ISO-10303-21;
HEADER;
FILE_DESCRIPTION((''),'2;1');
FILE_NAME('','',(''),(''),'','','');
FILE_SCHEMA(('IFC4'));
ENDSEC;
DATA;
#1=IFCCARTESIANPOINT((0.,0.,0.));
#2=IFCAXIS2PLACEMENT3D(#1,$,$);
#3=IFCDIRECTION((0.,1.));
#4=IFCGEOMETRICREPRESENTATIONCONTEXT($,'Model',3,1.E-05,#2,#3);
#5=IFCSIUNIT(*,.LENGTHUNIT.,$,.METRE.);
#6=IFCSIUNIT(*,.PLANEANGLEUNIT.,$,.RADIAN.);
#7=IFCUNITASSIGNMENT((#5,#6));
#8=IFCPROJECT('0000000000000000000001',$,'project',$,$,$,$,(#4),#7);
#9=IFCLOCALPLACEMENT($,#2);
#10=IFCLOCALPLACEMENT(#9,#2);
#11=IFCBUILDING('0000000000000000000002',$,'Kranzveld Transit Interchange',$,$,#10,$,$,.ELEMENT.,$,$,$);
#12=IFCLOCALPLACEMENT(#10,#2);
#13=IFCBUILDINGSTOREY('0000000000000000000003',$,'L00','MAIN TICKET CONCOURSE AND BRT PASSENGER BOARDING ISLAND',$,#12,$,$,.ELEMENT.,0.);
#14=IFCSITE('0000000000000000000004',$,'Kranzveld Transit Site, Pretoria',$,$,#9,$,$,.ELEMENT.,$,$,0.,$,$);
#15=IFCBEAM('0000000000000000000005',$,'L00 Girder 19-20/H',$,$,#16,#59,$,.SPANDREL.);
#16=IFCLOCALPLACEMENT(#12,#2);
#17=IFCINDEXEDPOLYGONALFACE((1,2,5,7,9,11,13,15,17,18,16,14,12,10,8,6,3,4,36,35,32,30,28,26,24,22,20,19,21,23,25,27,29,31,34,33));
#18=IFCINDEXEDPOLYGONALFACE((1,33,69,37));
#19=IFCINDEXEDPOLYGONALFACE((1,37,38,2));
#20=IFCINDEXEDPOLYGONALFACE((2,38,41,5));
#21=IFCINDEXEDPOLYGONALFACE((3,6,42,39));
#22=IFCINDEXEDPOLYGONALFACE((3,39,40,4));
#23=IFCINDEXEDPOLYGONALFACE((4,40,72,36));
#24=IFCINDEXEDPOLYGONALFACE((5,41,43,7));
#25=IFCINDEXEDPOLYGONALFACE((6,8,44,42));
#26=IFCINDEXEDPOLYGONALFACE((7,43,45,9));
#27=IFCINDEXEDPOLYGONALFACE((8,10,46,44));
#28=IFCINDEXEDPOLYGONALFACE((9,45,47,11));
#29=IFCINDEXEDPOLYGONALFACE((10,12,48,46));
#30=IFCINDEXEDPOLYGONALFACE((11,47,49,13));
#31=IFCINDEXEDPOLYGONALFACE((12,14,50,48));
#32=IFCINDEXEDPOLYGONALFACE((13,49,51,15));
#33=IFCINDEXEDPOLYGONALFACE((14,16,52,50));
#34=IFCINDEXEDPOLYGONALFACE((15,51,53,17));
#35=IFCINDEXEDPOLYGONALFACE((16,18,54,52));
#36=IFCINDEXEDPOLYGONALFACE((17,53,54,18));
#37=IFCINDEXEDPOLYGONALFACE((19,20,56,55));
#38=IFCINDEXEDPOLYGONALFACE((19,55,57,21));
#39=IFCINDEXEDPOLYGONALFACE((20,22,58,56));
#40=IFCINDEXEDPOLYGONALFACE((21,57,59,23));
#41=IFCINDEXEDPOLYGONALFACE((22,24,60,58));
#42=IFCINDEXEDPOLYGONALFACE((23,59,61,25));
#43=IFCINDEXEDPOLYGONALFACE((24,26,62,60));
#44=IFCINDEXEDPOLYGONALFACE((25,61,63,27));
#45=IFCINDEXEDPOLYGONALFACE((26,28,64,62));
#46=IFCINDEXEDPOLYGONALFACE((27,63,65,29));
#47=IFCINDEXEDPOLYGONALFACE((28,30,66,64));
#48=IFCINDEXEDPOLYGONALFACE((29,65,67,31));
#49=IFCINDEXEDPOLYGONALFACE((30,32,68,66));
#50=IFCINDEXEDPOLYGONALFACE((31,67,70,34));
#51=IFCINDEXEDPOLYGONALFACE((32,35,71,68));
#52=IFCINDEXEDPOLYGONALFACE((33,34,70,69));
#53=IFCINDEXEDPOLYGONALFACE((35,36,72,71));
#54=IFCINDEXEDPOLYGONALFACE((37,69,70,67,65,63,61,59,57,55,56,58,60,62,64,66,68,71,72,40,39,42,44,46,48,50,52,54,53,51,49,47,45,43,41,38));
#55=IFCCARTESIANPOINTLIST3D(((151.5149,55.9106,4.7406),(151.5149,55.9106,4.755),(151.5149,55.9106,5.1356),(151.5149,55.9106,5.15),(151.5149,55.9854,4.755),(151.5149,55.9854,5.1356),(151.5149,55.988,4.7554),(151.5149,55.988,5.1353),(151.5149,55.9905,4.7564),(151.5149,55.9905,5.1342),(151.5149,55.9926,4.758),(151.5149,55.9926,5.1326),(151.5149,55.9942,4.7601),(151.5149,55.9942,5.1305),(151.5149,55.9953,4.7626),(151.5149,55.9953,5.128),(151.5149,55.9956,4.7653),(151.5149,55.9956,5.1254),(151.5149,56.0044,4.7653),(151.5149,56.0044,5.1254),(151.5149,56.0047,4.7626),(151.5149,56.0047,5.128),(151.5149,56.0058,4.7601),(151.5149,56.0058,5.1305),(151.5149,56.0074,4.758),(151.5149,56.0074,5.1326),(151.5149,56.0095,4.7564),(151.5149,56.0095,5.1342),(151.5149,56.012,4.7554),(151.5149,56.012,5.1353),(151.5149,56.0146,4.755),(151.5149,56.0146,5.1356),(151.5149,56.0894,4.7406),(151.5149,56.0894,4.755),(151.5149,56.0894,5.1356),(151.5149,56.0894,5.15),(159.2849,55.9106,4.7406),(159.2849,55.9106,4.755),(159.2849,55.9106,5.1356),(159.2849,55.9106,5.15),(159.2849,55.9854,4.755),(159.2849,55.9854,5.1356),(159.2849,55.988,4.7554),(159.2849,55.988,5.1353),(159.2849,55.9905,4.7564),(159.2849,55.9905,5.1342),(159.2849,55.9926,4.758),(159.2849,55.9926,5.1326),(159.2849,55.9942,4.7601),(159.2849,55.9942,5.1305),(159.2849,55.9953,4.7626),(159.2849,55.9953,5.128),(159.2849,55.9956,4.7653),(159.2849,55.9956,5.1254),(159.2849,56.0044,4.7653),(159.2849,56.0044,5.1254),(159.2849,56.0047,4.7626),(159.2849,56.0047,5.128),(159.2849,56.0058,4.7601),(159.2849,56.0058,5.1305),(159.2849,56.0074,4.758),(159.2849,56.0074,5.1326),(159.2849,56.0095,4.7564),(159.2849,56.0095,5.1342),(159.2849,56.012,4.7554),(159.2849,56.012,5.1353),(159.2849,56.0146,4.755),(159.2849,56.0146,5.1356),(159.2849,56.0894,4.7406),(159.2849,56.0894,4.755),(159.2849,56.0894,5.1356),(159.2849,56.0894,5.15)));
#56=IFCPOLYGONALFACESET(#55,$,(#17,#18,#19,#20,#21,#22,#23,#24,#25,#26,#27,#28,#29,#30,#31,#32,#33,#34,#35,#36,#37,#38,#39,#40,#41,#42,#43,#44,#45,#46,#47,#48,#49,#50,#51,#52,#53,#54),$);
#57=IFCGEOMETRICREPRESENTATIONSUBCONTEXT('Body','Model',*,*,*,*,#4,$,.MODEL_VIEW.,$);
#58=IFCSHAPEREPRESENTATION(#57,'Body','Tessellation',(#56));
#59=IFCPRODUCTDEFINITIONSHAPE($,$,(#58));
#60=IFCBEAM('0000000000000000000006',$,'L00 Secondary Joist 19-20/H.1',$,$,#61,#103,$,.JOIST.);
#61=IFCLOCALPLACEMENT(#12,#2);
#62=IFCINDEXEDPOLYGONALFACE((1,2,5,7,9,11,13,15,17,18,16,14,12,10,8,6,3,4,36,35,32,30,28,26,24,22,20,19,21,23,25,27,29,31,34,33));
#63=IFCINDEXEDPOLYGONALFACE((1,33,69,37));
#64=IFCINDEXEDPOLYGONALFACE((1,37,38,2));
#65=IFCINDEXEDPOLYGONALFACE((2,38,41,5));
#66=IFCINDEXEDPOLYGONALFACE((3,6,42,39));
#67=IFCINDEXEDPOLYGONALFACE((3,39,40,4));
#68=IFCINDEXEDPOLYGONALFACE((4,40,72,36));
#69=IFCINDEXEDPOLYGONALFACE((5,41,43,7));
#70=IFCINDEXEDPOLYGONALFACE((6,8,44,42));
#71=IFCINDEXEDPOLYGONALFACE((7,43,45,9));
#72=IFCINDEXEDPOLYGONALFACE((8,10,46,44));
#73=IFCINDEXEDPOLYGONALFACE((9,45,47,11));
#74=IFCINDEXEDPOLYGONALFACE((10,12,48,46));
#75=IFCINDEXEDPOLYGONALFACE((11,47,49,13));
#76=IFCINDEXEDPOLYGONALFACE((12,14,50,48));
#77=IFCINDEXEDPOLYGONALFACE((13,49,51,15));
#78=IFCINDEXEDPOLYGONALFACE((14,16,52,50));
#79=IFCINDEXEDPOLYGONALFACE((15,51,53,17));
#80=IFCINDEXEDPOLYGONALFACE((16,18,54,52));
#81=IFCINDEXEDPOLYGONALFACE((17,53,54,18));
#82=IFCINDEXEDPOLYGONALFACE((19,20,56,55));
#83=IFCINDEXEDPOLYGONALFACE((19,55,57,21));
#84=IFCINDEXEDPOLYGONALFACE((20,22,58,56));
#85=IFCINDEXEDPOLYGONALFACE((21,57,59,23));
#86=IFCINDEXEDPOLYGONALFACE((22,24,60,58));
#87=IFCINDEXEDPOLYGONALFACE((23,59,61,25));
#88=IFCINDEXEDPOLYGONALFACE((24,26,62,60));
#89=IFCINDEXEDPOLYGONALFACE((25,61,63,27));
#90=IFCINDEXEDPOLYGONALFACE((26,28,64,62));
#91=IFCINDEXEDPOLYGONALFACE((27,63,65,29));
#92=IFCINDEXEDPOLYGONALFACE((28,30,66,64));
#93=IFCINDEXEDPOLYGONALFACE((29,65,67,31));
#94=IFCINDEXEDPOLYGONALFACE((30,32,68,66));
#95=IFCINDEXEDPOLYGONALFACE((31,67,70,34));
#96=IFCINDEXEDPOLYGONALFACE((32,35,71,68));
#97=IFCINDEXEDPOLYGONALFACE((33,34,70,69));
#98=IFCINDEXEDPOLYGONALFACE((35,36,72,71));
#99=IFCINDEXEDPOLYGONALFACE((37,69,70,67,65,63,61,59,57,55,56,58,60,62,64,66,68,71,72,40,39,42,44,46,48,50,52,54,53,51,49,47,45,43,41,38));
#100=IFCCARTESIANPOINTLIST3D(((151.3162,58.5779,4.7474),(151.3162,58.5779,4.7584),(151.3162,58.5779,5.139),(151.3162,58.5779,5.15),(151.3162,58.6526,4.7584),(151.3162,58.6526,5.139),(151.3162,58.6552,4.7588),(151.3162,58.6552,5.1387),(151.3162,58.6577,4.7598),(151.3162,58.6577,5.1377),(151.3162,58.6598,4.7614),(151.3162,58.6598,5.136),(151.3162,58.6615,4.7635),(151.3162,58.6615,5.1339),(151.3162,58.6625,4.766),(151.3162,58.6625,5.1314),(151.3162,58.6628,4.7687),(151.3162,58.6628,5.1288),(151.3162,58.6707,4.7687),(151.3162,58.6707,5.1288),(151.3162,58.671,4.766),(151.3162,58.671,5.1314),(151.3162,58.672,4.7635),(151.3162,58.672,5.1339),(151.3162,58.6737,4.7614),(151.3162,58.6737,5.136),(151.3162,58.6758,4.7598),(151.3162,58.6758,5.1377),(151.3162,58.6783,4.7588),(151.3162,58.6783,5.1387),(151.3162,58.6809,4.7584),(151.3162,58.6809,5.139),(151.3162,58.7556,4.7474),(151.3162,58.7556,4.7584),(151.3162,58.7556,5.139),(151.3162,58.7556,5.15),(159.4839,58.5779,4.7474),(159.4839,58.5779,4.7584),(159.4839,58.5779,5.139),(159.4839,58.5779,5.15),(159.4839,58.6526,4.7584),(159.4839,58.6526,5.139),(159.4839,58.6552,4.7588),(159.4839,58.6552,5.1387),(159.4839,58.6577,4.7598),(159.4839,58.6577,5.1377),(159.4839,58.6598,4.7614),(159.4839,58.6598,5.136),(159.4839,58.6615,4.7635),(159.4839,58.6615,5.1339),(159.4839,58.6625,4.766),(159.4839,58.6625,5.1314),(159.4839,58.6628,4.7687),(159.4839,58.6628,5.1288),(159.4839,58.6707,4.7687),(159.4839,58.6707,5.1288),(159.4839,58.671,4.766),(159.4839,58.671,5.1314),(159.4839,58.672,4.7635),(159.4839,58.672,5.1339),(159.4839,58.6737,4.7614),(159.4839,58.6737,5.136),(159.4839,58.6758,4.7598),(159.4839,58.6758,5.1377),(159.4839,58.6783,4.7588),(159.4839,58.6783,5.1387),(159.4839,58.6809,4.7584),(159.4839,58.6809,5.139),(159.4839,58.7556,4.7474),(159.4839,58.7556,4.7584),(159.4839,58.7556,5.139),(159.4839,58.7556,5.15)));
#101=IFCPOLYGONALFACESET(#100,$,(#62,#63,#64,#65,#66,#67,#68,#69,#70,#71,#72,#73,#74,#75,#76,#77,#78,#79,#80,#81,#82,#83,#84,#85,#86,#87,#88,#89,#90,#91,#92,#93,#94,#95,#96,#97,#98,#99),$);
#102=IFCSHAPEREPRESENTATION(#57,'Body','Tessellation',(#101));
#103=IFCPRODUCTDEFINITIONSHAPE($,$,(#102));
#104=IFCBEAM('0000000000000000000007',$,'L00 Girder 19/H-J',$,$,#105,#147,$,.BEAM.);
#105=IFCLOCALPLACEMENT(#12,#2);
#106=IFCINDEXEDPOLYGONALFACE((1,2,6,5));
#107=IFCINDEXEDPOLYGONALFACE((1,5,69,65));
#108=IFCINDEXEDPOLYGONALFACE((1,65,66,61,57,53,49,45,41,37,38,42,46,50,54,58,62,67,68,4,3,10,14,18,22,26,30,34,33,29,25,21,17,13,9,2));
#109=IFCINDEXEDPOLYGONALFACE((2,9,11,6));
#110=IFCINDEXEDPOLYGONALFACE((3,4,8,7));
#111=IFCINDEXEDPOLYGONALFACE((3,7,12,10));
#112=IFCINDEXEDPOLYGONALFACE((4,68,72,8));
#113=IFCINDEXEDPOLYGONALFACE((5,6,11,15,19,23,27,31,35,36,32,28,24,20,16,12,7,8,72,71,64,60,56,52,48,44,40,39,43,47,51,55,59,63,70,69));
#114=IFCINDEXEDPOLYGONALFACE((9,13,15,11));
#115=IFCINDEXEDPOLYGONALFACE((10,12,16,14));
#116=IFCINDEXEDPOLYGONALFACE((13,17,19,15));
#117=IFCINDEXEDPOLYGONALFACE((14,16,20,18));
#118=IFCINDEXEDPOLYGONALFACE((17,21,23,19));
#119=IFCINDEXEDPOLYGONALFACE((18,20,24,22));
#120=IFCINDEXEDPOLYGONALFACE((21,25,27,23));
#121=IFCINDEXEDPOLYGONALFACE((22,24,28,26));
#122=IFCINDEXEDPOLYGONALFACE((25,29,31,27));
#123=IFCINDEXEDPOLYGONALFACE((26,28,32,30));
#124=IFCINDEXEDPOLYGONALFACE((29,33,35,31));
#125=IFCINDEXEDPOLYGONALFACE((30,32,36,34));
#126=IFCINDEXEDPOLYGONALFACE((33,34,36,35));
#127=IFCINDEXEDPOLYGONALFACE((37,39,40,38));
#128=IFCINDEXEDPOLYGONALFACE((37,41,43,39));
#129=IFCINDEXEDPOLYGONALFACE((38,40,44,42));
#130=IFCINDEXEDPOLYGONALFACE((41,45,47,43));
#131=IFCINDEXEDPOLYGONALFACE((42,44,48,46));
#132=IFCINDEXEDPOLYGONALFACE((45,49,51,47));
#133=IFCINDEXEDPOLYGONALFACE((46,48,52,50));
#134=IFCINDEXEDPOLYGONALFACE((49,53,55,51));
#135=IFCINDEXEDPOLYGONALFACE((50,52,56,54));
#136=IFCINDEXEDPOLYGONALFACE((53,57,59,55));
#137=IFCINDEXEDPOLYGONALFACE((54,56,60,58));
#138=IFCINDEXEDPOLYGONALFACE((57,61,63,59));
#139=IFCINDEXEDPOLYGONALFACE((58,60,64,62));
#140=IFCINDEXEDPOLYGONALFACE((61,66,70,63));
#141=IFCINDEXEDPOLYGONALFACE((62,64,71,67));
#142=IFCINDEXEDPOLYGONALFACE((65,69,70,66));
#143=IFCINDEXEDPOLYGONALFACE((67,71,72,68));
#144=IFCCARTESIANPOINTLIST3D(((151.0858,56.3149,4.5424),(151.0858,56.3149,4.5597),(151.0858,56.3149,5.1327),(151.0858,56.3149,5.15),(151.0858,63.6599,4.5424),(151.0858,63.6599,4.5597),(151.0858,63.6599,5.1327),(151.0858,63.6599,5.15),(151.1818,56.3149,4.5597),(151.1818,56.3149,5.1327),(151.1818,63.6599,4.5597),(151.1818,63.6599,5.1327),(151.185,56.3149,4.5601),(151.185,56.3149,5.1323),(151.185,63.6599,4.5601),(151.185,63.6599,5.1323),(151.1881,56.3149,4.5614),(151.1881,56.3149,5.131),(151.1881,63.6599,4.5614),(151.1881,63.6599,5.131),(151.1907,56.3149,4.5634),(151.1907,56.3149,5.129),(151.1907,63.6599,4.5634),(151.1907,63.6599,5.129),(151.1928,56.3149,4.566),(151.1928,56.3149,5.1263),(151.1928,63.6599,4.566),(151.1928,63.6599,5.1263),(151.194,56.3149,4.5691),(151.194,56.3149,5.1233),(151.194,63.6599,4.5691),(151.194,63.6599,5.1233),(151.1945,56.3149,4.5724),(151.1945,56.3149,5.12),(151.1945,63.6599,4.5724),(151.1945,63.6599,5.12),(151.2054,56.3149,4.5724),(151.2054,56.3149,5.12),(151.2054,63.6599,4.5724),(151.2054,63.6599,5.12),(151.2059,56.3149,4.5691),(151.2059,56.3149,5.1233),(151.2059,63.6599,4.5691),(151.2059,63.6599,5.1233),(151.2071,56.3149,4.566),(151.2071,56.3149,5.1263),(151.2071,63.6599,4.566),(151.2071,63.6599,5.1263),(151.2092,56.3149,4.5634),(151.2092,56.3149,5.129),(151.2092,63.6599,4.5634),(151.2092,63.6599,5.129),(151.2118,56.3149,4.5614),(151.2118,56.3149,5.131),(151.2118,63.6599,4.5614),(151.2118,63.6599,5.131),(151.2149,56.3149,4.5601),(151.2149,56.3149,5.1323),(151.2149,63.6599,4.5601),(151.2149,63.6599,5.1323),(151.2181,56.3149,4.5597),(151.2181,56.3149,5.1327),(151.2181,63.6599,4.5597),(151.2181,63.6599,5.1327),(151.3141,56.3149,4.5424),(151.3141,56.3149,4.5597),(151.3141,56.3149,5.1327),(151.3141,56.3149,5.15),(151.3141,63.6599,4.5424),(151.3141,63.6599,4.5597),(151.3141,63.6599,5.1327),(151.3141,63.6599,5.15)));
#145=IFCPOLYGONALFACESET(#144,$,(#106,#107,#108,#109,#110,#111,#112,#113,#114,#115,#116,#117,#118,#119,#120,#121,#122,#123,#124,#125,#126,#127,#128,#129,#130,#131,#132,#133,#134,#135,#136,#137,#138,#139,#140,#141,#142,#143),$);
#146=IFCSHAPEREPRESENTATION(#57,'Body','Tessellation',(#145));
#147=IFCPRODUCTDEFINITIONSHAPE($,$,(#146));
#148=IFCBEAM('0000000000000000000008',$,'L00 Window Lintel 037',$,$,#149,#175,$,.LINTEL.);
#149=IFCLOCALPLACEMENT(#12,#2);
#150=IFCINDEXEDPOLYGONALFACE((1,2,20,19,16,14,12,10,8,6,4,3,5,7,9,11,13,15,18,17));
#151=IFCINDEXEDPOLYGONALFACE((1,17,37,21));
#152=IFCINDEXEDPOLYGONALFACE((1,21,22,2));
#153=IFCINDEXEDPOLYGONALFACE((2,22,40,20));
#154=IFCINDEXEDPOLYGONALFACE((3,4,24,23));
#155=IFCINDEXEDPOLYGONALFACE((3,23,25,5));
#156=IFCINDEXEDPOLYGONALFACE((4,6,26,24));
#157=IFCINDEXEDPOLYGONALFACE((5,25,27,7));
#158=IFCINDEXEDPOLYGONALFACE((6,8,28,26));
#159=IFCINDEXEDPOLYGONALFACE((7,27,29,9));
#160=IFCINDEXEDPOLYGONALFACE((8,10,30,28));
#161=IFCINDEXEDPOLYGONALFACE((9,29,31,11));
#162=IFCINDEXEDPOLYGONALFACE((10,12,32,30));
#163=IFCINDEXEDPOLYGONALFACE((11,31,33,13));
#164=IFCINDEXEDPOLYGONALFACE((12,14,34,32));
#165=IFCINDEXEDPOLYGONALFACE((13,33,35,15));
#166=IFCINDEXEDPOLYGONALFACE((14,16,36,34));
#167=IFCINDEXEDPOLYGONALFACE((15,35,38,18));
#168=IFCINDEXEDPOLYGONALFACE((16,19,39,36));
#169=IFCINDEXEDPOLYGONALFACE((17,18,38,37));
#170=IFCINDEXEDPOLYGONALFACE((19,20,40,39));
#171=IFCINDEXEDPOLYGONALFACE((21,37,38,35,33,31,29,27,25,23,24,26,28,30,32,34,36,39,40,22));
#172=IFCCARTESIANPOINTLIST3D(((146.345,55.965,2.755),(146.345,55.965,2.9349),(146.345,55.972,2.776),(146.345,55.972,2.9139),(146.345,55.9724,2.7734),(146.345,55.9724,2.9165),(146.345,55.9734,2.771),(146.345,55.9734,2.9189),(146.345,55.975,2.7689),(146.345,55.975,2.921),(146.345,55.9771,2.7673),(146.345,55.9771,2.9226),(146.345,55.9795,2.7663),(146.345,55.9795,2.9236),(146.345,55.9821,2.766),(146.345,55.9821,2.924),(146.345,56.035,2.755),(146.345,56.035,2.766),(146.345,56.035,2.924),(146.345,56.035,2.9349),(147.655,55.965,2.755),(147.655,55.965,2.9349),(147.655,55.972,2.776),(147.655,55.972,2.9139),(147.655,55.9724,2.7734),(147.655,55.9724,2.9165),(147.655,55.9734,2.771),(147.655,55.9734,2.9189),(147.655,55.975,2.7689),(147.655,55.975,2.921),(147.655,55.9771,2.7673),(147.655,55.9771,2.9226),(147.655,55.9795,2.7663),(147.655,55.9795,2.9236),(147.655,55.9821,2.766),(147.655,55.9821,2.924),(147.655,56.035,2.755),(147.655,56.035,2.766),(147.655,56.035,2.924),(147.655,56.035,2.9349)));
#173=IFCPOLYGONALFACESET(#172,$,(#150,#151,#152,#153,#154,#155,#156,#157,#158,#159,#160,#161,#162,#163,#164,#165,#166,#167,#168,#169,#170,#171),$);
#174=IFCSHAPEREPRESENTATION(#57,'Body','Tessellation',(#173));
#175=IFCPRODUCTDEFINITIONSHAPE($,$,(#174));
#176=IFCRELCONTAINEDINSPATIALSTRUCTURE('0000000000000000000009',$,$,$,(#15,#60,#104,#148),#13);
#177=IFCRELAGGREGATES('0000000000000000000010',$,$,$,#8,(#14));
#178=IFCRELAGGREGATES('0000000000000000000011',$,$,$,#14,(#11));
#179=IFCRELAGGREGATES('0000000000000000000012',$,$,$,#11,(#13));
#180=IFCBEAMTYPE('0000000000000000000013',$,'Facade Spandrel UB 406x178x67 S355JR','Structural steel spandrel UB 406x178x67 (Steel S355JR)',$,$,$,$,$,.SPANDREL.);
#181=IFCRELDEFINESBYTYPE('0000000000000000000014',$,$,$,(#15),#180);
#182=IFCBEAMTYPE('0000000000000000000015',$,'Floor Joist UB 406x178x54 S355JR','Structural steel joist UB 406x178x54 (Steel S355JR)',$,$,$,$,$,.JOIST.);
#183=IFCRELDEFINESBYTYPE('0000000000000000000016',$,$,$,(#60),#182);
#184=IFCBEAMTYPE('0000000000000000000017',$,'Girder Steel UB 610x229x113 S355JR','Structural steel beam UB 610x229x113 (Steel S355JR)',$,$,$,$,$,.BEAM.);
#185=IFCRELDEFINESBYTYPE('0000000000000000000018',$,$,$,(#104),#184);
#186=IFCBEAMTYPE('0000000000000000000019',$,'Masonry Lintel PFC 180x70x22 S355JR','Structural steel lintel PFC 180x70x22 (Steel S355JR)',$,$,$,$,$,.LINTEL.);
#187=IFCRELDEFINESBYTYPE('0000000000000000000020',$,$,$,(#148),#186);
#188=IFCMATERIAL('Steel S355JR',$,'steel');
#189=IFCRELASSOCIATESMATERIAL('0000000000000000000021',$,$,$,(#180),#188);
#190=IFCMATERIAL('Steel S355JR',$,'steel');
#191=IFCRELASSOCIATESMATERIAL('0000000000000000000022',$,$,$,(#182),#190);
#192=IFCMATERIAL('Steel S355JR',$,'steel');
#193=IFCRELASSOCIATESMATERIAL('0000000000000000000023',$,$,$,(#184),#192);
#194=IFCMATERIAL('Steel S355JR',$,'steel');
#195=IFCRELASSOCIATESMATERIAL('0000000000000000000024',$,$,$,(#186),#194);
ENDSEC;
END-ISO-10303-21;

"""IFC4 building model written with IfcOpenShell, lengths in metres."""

from ifc_helpers import new_model, si_unit, direction, frame, origin, origin_2d, place, context, subcontext, project, spatial, i_section, u_section, extrude, material, material_profile, profile_set, type_object, element, save


model = new_model("IFC4")

# Units and contexts
model_context = context("Model", 3, precision=1e-05, world=origin(), true_north=direction((0.0, 1.0)))
body_context = subcontext(model_context, "Body", "Model", "MODEL_VIEW")
ifc_project = project(units=[si_unit("LENGTHUNIT", "METRE"), si_unit("PLANEANGLEUNIT", "RADIAN")], contexts=[model_context])

# Site, building, storey
site_placement = place(None, origin())
site = spatial("IfcSite", under=ifc_project, at=site_placement, Name="Kranzveld Transit Site, Pretoria", CompositionType="ELEMENT", RefElevation=0.0)
building_placement = place(site_placement, origin())
building = spatial("IfcBuilding", under=site, at=building_placement, Name="Kranzveld Transit Interchange", CompositionType="ELEMENT")
storey_placement = place(building_placement, origin())
storey = spatial("IfcBuildingStorey", under=building, at=storey_placement, Name="L00", Description="MAIN TICKET CONCOURSE AND BRT PASSENGER BOARDING ISLAND", CompositionType="ELEMENT", Elevation=0.0)

# Beams
ifc_material_1 = material(Name="Steel S355JR", Category="steel")
ifc_material_profile_1 = material_profile(ifc_material_1, i_section(OverallWidth=0.1787, OverallDepth=0.4094, WebThickness=0.0088, FlangeThickness=0.0144, FilletRadius=0.0103, at=origin_2d()), Name="UB 406x178x67")
ifc_profile_set_1 = profile_set([ifc_material_profile_1], Name="Steel S355JR")
beam_type_1 = type_object("IfcBeamType", Name="Facade Spandrel UB 406x178x67 S355JR", Description="Structural steel spandrel UB 406x178x67 (Steel S355JR)", PredefinedType="SPANDREL", material=ifc_profile_set_1)
beam_1_placement = place(storey_placement, frame((151.5149, 56.0, 4.9453), z_axis=(1.0, 0.0, 0.0), x_axis=(0.0, 1.0, 0.0)))
element("IfcBeam", 1, at=beam_1_placement, inside=storey, type_object=beam_type_1, Name="L00 Girder 19-20/H", PredefinedType="SPANDREL", context=body_context, shape_type="SweptSolid", body=[
    extrude(i_section(OverallWidth=0.1787, OverallDepth=0.4094, WebThickness=0.0088, FlangeThickness=0.0144, FilletRadius=0.0103, at=origin_2d()), origin(), (0.0, 0.0, 1.0), 7.77),
])
ifc_material_2 = material(Name="Steel S355JR", Category="steel")
ifc_material_profile_2 = material_profile(ifc_material_2, i_section(OverallWidth=0.1777, OverallDepth=0.4026, WebThickness=0.0078, FlangeThickness=0.011, FilletRadius=0.0103, at=origin_2d()), Name="UB 406x178x54")
ifc_profile_set_2 = profile_set([ifc_material_profile_2], Name="Steel S355JR")
beam_type_2 = type_object("IfcBeamType", Name="Floor Joist UB 406x178x54 S355JR", Description="Structural steel joist UB 406x178x54 (Steel S355JR)", PredefinedType="JOIST", material=ifc_profile_set_2)
beam_2_placement = place(storey_placement, frame((151.3162, 58.6667, 4.9487), z_axis=(1.0, 0.0, 0.0), x_axis=(0.0, 1.0, 0.0)))
element("IfcBeam", 2, at=beam_2_placement, inside=storey, type_object=beam_type_2, Name="L00 Secondary Joist 19-20/H.1", PredefinedType="JOIST", context=body_context, shape_type="SweptSolid", body=[
    extrude(i_section(OverallWidth=0.1777, OverallDepth=0.4026, WebThickness=0.0078, FlangeThickness=0.011, FilletRadius=0.0103, at=origin_2d()), origin(), (0.0, 0.0, 1.0), 8.1677),
])
ifc_material_3 = material(Name="Steel S355JR", Category="steel")
ifc_material_profile_3 = material_profile(ifc_material_3, i_section(OverallWidth=0.2283, OverallDepth=0.6077, WebThickness=0.011, FlangeThickness=0.0173, FilletRadius=0.0127, at=origin_2d()), Name="UB 610x229x113")
ifc_profile_set_3 = profile_set([ifc_material_profile_3], Name="Steel S355JR")
beam_type_3 = type_object("IfcBeamType", Name="Girder Steel UB 610x229x113 S355JR", Description="Structural steel beam UB 610x229x113 (Steel S355JR)", PredefinedType="BEAM", material=ifc_profile_set_3)
beam_3_placement = place(storey_placement, frame((151.2, 56.3149, 4.8462), z_axis=(0.0, 1.0, 0.0), x_axis=(-1.0, 0.0, 0.0)))
element("IfcBeam", 3, at=beam_3_placement, inside=storey, type_object=beam_type_3, Name="L00 Girder 19/H-J", PredefinedType="BEAM", context=body_context, shape_type="SweptSolid", body=[
    extrude(i_section(OverallWidth=0.2283, OverallDepth=0.6077, WebThickness=0.011, FlangeThickness=0.0173, FilletRadius=0.0127, at=origin_2d()), origin(), (0.0, 0.0, 1.0), 7.345),
])
ifc_material_4 = material(Name="Steel S355JR", Category="steel")
ifc_material_profile_4 = material_profile(ifc_material_4, u_section(Depth=0.1799, FlangeWidth=0.0701, WebThickness=0.0071, FlangeThickness=0.011, FilletRadius=0.01, at=origin_2d()), Name="PFC 180x70x22")
ifc_profile_set_4 = profile_set([ifc_material_profile_4], Name="Steel S355JR")
beam_type_4 = type_object("IfcBeamType", Name="Masonry Lintel PFC 180x70x22 S355JR", Description="Structural steel lintel PFC 180x70x22 (Steel S355JR)", PredefinedType="LINTEL", material=ifc_profile_set_4)
beam_4_placement = place(storey_placement, frame((146.345, 56.0, 2.845), z_axis=(1.0, 0.0, 0.0), x_axis=(0.0, 1.0, 0.0)))
element("IfcBeam", 4, at=beam_4_placement, inside=storey, type_object=beam_type_4, Name="L00 Window Lintel 037", PredefinedType="LINTEL", context=body_context, shape_type="SweptSolid", body=[
    extrude(u_section(Depth=0.1799, FlangeWidth=0.0701, WebThickness=0.0071, FlangeThickness=0.011, FilletRadius=0.01, at=origin_2d()), origin(), (0.0, 0.0, 1.0), 1.3101),
])

save(model, "model.ifc")
